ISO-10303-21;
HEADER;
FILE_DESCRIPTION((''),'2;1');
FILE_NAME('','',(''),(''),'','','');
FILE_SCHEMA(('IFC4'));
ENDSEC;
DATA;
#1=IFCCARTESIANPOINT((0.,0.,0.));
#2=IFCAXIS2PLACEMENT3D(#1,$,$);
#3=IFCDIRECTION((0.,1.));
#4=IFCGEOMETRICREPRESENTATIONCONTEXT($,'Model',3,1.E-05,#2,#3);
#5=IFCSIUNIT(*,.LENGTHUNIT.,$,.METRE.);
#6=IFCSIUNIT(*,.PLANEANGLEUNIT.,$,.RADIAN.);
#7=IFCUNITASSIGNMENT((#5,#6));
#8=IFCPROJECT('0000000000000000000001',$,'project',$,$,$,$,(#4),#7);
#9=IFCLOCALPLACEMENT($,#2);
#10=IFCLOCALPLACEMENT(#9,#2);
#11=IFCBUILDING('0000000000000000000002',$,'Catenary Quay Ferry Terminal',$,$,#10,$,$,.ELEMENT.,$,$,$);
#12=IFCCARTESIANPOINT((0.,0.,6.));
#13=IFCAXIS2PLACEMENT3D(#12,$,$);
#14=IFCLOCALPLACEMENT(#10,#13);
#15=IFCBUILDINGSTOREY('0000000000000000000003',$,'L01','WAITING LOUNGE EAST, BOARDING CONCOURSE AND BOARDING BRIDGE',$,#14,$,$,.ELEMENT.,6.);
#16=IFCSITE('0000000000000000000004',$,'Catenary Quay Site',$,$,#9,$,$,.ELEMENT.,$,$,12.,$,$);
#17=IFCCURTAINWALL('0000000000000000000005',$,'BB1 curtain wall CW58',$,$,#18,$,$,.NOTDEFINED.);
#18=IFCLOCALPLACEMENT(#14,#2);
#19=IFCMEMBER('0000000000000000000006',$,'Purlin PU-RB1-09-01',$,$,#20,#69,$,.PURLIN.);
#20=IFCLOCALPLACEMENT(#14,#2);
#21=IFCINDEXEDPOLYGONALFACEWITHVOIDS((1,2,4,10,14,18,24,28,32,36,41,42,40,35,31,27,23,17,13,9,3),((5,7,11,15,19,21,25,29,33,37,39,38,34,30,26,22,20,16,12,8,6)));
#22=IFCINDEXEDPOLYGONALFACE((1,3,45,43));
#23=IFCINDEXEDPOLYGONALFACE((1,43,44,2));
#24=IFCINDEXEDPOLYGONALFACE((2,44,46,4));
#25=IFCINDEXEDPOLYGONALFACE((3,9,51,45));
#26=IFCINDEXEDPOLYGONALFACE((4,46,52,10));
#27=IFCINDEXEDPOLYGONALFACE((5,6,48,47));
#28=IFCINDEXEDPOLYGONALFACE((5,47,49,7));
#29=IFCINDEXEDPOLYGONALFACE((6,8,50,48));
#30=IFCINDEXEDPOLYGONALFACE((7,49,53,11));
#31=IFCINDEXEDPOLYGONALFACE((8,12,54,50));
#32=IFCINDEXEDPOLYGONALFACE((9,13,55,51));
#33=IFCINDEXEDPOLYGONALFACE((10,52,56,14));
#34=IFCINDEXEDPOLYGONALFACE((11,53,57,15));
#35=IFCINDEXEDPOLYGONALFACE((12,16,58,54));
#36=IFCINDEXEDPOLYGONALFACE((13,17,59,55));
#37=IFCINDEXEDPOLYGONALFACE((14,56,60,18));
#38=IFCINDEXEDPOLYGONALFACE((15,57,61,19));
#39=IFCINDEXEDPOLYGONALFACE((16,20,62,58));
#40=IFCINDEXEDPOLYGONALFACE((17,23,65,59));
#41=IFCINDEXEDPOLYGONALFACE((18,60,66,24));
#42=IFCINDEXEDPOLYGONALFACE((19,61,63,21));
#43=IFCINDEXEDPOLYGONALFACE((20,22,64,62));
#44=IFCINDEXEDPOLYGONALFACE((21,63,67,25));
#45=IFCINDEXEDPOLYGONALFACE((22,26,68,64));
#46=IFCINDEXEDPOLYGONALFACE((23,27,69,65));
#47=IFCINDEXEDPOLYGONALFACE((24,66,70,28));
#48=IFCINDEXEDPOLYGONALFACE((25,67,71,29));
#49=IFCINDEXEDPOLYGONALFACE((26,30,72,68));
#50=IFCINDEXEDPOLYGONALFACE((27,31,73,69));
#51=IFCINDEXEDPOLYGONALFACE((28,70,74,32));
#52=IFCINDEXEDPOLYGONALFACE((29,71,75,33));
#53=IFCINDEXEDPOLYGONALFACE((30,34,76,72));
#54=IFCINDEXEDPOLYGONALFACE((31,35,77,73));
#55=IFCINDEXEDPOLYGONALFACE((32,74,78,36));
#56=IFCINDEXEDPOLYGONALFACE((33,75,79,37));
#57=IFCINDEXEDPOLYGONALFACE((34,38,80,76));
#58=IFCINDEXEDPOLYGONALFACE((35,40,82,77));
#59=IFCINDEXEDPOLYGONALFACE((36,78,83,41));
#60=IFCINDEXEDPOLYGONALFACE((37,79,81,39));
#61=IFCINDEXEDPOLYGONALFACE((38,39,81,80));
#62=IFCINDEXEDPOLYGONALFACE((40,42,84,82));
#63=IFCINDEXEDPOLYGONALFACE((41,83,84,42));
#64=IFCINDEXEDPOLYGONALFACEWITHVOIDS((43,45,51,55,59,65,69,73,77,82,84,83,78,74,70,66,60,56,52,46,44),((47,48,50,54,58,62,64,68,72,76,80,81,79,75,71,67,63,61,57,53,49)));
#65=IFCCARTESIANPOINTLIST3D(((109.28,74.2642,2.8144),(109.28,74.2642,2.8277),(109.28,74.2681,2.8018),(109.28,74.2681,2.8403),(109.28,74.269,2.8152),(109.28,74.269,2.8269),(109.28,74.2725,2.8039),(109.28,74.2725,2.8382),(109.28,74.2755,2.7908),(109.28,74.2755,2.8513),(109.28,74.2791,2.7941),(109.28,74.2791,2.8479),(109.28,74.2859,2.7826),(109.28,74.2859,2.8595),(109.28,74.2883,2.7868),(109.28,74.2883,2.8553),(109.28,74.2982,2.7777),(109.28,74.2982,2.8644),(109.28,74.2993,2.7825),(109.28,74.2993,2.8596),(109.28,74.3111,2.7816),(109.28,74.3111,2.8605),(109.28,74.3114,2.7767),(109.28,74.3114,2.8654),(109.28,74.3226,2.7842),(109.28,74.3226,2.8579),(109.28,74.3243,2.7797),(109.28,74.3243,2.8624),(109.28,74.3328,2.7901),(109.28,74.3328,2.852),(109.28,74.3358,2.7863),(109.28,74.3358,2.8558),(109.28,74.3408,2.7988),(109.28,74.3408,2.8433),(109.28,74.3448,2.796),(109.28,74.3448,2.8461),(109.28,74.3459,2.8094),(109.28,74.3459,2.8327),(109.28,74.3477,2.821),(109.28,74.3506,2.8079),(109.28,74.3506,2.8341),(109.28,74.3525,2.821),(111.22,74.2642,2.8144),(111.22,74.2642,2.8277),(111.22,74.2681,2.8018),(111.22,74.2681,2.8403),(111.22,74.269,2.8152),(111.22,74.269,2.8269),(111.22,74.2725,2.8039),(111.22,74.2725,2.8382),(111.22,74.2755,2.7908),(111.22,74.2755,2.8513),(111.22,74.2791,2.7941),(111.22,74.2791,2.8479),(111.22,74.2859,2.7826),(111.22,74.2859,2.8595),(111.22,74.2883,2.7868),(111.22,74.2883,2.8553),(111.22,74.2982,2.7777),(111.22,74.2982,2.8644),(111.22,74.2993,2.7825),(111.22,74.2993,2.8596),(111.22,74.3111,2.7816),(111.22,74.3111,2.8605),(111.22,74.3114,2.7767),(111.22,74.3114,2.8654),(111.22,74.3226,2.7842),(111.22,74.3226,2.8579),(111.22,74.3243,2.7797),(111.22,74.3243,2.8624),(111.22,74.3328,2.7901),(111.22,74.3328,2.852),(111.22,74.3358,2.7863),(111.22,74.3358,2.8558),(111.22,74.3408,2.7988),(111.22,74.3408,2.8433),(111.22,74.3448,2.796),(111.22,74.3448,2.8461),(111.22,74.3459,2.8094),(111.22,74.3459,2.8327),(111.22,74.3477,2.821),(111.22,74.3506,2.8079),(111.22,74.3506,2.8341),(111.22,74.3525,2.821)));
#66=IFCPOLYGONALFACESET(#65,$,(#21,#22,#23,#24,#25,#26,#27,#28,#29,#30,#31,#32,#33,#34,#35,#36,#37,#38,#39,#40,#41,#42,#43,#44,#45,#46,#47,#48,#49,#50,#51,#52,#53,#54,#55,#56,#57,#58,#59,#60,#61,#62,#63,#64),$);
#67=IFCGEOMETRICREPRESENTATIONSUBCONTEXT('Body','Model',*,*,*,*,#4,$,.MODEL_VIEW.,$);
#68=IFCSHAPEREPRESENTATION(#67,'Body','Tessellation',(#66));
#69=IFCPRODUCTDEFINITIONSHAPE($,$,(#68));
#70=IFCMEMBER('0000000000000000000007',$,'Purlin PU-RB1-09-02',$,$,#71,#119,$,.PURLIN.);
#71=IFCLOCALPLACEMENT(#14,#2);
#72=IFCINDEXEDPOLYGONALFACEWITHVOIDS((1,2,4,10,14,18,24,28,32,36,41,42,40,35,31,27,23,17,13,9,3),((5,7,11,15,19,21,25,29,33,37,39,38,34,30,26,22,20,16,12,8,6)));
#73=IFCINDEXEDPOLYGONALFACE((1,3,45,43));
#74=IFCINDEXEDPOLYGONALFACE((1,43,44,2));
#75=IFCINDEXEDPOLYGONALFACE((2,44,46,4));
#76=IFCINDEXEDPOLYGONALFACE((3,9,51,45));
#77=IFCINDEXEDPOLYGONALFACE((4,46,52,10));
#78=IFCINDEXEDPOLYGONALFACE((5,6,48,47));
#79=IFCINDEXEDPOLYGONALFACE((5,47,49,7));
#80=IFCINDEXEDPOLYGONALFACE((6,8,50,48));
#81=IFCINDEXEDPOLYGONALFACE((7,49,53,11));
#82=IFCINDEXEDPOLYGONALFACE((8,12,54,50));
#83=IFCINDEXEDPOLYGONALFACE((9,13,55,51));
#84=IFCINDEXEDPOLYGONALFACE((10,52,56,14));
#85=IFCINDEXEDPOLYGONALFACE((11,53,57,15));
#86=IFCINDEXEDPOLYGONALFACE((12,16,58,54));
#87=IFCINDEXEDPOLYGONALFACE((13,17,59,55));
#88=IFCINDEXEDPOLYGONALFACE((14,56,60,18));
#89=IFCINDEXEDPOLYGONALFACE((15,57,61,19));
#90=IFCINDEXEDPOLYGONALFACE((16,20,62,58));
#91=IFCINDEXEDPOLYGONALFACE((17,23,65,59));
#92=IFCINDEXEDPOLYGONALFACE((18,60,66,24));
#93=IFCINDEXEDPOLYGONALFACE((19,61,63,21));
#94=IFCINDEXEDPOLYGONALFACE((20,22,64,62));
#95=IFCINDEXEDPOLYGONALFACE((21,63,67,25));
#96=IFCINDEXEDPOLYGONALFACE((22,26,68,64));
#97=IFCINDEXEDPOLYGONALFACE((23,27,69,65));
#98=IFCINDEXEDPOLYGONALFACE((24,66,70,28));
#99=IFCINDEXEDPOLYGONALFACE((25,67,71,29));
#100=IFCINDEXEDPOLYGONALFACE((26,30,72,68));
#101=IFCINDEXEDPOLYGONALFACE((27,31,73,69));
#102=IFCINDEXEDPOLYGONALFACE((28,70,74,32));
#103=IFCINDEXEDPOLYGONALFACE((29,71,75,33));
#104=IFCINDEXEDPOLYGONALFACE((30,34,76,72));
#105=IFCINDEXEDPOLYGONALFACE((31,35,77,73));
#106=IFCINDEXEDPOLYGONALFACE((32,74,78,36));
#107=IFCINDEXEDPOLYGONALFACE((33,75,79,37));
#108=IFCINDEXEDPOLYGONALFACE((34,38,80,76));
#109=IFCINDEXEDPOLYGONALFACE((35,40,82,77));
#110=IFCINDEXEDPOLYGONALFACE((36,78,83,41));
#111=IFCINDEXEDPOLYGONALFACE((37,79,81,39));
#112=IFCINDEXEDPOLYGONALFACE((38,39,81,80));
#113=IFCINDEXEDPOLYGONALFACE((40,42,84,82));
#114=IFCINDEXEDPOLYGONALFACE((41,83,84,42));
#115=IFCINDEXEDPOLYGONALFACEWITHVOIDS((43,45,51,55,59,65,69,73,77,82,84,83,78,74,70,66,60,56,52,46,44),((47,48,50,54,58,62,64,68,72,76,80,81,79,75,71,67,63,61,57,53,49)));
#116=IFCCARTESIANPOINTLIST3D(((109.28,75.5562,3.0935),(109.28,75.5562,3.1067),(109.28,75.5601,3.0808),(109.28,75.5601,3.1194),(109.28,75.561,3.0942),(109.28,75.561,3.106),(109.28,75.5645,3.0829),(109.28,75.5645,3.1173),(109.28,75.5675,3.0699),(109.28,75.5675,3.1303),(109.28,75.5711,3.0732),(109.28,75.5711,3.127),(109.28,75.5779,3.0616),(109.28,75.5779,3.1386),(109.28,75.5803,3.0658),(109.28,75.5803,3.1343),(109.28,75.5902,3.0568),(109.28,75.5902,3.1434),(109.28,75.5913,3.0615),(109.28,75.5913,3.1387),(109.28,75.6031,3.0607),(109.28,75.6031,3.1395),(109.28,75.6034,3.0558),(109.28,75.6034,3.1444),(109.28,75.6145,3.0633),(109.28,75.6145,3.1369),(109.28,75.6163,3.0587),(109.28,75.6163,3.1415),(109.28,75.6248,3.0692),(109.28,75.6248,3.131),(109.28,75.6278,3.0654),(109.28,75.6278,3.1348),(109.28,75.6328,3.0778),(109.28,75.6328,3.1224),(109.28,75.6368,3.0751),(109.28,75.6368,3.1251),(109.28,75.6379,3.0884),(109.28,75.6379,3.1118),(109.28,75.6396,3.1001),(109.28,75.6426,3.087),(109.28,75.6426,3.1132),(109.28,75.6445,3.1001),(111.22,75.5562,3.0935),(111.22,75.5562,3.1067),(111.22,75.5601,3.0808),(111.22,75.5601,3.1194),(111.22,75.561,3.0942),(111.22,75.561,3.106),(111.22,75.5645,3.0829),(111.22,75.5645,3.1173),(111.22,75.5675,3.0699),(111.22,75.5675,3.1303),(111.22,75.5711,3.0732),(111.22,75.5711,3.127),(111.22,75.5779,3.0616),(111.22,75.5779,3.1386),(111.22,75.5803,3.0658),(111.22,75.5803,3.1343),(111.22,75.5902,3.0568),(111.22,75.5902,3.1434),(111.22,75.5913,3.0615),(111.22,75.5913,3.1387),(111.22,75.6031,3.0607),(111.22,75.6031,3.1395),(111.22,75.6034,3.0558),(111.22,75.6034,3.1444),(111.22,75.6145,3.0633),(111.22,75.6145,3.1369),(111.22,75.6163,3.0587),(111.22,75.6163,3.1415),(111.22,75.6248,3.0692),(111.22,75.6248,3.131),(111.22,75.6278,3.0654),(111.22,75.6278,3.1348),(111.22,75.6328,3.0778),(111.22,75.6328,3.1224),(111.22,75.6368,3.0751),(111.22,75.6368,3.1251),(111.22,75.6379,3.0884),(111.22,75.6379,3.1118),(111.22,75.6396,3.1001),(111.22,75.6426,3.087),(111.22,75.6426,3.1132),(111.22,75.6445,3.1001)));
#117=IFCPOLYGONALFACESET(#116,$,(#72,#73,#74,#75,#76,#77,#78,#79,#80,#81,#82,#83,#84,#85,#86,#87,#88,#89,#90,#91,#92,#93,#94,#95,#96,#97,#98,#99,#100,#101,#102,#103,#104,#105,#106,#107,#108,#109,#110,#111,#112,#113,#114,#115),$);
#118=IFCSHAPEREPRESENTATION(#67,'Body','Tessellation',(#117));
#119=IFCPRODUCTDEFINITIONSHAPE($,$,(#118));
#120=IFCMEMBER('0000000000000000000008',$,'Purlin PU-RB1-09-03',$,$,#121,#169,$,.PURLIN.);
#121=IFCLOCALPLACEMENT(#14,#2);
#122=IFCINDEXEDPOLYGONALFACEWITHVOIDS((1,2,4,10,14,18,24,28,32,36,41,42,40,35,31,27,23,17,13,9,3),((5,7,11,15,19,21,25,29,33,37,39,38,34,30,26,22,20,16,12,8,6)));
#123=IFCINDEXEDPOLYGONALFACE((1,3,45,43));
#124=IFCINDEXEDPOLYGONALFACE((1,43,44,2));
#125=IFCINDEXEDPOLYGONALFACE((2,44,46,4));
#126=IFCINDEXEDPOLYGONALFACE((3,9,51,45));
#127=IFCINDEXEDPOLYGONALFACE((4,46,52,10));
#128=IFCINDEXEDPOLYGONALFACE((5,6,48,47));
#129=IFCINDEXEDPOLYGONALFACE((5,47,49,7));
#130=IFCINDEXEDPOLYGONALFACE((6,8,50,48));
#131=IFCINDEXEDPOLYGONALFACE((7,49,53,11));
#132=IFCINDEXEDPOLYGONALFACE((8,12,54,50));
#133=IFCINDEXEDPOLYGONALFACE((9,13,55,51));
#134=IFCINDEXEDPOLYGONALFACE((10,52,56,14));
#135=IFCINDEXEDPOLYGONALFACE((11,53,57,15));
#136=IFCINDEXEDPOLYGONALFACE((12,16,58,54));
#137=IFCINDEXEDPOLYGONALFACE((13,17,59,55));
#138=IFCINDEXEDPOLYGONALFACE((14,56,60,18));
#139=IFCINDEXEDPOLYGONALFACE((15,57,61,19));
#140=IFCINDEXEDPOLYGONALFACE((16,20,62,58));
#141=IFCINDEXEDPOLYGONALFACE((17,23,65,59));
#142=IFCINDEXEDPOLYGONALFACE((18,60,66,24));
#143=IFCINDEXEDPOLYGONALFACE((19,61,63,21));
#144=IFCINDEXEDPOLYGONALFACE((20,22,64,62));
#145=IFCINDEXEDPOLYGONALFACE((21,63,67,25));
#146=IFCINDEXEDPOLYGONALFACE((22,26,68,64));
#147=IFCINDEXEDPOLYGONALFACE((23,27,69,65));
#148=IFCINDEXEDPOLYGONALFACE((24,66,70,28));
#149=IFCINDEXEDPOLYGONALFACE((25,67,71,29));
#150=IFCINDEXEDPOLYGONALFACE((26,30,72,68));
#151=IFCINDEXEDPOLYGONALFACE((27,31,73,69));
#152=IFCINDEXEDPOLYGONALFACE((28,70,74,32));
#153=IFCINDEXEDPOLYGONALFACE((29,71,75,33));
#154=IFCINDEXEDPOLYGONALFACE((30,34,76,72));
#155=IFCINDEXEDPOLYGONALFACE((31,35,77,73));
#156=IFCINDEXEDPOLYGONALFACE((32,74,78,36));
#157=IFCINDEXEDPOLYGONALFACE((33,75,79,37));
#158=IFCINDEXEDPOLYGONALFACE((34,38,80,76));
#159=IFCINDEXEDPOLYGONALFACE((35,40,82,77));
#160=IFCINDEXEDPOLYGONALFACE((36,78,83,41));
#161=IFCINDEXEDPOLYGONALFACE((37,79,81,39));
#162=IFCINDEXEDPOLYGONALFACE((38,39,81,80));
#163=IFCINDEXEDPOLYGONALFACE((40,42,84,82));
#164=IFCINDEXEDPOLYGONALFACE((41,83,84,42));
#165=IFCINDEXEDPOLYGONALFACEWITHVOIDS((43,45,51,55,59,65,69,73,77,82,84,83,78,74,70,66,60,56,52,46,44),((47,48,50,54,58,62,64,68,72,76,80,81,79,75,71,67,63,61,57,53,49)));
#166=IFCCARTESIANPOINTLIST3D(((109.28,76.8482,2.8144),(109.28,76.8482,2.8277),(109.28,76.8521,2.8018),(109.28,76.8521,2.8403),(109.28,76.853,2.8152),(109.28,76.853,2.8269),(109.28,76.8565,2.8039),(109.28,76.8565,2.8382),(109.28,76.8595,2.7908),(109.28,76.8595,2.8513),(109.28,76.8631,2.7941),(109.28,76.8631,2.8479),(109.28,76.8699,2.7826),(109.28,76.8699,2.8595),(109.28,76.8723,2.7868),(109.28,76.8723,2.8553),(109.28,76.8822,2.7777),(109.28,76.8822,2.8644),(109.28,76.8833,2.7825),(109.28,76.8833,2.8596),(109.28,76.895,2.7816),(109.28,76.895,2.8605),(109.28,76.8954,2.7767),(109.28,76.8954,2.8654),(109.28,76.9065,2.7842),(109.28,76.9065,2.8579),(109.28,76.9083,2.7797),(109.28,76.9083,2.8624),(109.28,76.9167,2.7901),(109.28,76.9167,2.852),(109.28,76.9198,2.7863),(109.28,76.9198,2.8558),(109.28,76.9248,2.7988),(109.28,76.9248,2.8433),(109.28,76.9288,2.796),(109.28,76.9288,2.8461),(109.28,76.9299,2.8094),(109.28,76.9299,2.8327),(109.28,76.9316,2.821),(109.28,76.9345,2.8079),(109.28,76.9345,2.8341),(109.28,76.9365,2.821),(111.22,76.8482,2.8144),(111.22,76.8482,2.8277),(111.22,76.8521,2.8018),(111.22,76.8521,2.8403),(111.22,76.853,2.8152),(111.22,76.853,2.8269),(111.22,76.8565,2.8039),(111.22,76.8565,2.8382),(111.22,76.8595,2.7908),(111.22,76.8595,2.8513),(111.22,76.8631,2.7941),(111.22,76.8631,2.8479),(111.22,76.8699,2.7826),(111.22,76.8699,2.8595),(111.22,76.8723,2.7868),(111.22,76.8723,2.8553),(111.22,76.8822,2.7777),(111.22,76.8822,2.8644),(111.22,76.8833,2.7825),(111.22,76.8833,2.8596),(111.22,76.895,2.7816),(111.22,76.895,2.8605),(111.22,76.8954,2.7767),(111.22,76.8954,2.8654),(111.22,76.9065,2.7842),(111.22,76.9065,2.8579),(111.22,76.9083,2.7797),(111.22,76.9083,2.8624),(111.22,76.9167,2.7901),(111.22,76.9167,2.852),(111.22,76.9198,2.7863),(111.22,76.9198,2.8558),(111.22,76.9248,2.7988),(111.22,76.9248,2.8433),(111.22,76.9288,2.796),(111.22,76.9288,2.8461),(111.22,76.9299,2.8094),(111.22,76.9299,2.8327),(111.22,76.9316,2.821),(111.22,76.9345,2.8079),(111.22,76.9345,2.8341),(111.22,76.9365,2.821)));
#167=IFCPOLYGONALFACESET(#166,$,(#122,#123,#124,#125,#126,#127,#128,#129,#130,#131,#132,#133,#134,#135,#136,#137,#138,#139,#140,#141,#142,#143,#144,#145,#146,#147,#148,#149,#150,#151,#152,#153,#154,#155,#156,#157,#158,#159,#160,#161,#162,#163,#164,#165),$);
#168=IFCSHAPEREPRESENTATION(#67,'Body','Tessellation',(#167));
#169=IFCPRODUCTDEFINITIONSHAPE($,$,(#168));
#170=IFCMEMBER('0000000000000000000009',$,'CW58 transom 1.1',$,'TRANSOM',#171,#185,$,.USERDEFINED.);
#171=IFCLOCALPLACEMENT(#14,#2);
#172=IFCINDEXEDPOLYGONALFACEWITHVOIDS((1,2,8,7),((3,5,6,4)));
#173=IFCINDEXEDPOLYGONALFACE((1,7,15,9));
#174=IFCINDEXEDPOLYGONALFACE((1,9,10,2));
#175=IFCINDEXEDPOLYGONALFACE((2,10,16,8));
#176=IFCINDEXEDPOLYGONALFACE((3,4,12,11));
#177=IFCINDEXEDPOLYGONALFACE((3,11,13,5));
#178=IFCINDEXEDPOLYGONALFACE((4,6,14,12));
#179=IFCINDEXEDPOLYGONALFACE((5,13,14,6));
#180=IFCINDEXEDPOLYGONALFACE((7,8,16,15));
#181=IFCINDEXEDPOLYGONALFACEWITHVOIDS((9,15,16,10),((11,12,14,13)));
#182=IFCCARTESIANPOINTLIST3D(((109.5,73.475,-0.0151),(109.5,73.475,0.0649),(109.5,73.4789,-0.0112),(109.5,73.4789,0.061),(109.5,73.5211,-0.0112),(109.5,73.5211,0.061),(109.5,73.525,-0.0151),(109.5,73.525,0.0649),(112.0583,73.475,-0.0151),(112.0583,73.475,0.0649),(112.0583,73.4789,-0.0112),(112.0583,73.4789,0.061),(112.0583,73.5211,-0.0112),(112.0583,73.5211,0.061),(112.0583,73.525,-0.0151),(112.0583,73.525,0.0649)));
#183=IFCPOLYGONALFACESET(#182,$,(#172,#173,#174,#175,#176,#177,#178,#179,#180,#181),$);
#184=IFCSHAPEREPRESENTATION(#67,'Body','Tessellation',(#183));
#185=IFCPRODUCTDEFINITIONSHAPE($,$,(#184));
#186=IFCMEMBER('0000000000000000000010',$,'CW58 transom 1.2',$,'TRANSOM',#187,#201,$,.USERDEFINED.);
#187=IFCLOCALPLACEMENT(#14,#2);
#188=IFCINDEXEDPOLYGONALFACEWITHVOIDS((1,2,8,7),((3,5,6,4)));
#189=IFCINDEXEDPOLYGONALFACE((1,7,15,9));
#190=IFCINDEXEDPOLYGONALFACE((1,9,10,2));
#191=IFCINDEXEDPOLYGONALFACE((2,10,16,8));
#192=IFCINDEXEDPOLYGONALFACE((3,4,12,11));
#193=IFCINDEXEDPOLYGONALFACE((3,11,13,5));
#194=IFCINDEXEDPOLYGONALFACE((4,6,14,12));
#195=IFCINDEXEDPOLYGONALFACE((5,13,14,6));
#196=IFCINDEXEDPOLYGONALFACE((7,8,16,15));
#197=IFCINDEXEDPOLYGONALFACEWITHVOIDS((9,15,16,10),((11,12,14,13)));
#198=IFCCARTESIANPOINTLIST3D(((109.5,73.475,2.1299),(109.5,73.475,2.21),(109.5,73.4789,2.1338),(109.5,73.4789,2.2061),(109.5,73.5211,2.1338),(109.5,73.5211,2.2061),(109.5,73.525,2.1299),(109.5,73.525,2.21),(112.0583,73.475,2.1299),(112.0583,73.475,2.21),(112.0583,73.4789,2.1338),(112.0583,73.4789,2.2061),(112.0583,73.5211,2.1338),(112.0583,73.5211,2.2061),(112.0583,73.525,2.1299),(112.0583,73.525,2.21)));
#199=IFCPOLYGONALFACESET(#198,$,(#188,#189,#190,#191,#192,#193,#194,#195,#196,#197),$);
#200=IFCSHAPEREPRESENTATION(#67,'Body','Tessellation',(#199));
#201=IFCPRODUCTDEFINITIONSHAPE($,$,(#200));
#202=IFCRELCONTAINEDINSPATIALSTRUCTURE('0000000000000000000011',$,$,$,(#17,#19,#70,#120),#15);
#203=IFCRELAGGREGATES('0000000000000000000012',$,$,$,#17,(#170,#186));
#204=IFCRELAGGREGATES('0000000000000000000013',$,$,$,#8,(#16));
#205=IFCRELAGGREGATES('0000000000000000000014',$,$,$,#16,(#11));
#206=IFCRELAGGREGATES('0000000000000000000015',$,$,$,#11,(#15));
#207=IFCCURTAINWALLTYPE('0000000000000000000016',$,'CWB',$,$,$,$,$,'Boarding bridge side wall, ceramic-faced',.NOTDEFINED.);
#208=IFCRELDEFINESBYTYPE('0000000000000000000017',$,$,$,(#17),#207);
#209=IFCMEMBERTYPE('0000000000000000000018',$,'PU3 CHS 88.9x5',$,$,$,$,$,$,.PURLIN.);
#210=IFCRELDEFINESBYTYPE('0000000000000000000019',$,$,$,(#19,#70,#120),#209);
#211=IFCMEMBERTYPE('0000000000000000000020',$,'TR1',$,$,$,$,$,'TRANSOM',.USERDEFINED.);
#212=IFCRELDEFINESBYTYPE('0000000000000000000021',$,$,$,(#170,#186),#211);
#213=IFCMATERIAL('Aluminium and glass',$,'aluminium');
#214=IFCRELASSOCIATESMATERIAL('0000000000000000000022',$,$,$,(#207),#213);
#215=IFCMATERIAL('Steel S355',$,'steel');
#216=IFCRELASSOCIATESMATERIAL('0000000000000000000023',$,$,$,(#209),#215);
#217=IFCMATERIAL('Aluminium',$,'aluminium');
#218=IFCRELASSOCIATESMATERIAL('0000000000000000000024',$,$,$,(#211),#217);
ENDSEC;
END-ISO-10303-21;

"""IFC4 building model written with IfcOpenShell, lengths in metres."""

from ifc_helpers import new_model, si_unit, direction, frame, origin, origin_2d, place, context, subcontext, project, spatial, hollow_rectangle, hollow_circle, extrude, material, material_profile, profile_set, type_object, element, aggregate, save


model = new_model("IFC4")

# Units and contexts
model_context = context("Model", 3, precision=1e-05, world=origin(), true_north=direction((0.0, 1.0)))
body_context = subcontext(model_context, "Body", "Model", "MODEL_VIEW")
ifc_project = project(units=[si_unit("LENGTHUNIT", "METRE"), si_unit("PLANEANGLEUNIT", "RADIAN")], contexts=[model_context])

# Site, building, storey
site_placement = place(None, origin())
site = spatial("IfcSite", under=ifc_project, at=site_placement, Name="Catenary Quay Site", CompositionType="ELEMENT", RefElevation=12.0)
building_placement = place(site_placement, origin())
building = spatial("IfcBuilding", under=site, at=building_placement, Name="Catenary Quay Ferry Terminal", CompositionType="ELEMENT")
storey_placement = place(building_placement, frame((0.0, 0.0, 6.0)))
storey = spatial("IfcBuildingStorey", under=building, at=storey_placement, Name="L01", Description="WAITING LOUNGE EAST, BOARDING CONCOURSE AND BOARDING BRIDGE", CompositionType="ELEMENT", Elevation=6.0)

# Curtain wall
ifc_material_1 = material(Name="Aluminium and glass", Category="aluminium")
curtain_wall_type = type_object("IfcCurtainWallType", Name="CWB", ElementType="Boarding bridge side wall, ceramic-faced", PredefinedType="NOTDEFINED", material=ifc_material_1)
curtain_wall_1_placement = place(storey_placement, origin())
curtain_wall_1 = element("IfcCurtainWall", 1, at=curtain_wall_1_placement, inside=storey, type_object=curtain_wall_type, Name="BB1 curtain wall CW58", PredefinedType="NOTDEFINED")

# Members
ifc_material_2 = material(Name="Steel S355", Category="steel")
ifc_material_profile_1 = material_profile(ifc_material_2, hollow_circle(Radius=0.0444, WallThickness=0.0049, at=origin_2d()), Name="CHS 88.9x5")
ifc_profile_set_1 = profile_set([ifc_material_profile_1], Name="Steel S355")
member_type_1 = type_object("IfcMemberType", Name="PU3 CHS 88.9x5", PredefinedType="PURLIN", material=ifc_profile_set_1)
for number, where, z_axis, x_axis, name in (
    (2, (109.28, 74.3081, 2.821), (1.0, 0.0, 0.0), (0.0, 1.0, 0.0), "Purlin PU-RB1-09-01"),
    (3, (109.28, 75.6001, 3.1001), (1.0, 0.0, 0.0), (0.0, 1.0, 0.0), "Purlin PU-RB1-09-02"),
    (4, (109.28, 76.8921, 2.821), (1.0, 0.0, 0.0), (0.0, 1.0, 0.0), "Purlin PU-RB1-09-03"),
):
    element("IfcMember", number, at=place(storey_placement, frame(where, z_axis=z_axis, x_axis=x_axis)), inside=storey, type_object=member_type_1, Name=name, PredefinedType="PURLIN", context=body_context, shape_type="SweptSolid", body=[
        extrude(hollow_circle(Radius=0.0444, WallThickness=0.0049, at=origin_2d()), origin(), (0.0, 0.0, 1.0), 1.9399),
    ])

# Members
ifc_material_3 = material(Name="Aluminium", Category="aluminium")
ifc_material_profile_2 = material_profile(ifc_material_3, hollow_rectangle(XDim=0.05, YDim=0.0801, WallThickness=0.0039, at=origin_2d()), Name="TR1")
ifc_profile_set_2 = profile_set([ifc_material_profile_2], Name="Aluminium")
member_type_2 = type_object("IfcMemberType", Name="TR1", ElementType="TRANSOM", PredefinedType="USERDEFINED", material=ifc_profile_set_2)
member_1_placement = place(storey_placement, frame((109.5, 73.5, 0.0249), z_axis=(1.0, 0.0, 0.0), x_axis=(0.0, 1.0, 0.0)))
member_1 = element("IfcMember", 5, at=member_1_placement, type_object=member_type_2, Name="CW58 transom 1.1", ObjectType="TRANSOM", PredefinedType="USERDEFINED", context=body_context, shape_type="SweptSolid", body=[
    extrude(hollow_rectangle(XDim=0.05, YDim=0.0801, WallThickness=0.0039, at=origin_2d()), origin(), (0.0, 0.0, 1.0), 2.5583),
])
member_2_placement = place(storey_placement, frame((109.5, 73.5, 2.1699), z_axis=(1.0, 0.0, 0.0), x_axis=(0.0, 1.0, 0.0)))
member_2 = element("IfcMember", 6, at=member_2_placement, type_object=member_type_2, Name="CW58 transom 1.2", ObjectType="TRANSOM", PredefinedType="USERDEFINED", context=body_context, shape_type="SweptSolid", body=[
    extrude(hollow_rectangle(XDim=0.05, YDim=0.0801, WallThickness=0.0039, at=origin_2d()), origin(), (0.0, 0.0, 1.0), 2.5583),
])
aggregate(curtain_wall_1, [member_1, member_2])

save(model, "model.ifc")
